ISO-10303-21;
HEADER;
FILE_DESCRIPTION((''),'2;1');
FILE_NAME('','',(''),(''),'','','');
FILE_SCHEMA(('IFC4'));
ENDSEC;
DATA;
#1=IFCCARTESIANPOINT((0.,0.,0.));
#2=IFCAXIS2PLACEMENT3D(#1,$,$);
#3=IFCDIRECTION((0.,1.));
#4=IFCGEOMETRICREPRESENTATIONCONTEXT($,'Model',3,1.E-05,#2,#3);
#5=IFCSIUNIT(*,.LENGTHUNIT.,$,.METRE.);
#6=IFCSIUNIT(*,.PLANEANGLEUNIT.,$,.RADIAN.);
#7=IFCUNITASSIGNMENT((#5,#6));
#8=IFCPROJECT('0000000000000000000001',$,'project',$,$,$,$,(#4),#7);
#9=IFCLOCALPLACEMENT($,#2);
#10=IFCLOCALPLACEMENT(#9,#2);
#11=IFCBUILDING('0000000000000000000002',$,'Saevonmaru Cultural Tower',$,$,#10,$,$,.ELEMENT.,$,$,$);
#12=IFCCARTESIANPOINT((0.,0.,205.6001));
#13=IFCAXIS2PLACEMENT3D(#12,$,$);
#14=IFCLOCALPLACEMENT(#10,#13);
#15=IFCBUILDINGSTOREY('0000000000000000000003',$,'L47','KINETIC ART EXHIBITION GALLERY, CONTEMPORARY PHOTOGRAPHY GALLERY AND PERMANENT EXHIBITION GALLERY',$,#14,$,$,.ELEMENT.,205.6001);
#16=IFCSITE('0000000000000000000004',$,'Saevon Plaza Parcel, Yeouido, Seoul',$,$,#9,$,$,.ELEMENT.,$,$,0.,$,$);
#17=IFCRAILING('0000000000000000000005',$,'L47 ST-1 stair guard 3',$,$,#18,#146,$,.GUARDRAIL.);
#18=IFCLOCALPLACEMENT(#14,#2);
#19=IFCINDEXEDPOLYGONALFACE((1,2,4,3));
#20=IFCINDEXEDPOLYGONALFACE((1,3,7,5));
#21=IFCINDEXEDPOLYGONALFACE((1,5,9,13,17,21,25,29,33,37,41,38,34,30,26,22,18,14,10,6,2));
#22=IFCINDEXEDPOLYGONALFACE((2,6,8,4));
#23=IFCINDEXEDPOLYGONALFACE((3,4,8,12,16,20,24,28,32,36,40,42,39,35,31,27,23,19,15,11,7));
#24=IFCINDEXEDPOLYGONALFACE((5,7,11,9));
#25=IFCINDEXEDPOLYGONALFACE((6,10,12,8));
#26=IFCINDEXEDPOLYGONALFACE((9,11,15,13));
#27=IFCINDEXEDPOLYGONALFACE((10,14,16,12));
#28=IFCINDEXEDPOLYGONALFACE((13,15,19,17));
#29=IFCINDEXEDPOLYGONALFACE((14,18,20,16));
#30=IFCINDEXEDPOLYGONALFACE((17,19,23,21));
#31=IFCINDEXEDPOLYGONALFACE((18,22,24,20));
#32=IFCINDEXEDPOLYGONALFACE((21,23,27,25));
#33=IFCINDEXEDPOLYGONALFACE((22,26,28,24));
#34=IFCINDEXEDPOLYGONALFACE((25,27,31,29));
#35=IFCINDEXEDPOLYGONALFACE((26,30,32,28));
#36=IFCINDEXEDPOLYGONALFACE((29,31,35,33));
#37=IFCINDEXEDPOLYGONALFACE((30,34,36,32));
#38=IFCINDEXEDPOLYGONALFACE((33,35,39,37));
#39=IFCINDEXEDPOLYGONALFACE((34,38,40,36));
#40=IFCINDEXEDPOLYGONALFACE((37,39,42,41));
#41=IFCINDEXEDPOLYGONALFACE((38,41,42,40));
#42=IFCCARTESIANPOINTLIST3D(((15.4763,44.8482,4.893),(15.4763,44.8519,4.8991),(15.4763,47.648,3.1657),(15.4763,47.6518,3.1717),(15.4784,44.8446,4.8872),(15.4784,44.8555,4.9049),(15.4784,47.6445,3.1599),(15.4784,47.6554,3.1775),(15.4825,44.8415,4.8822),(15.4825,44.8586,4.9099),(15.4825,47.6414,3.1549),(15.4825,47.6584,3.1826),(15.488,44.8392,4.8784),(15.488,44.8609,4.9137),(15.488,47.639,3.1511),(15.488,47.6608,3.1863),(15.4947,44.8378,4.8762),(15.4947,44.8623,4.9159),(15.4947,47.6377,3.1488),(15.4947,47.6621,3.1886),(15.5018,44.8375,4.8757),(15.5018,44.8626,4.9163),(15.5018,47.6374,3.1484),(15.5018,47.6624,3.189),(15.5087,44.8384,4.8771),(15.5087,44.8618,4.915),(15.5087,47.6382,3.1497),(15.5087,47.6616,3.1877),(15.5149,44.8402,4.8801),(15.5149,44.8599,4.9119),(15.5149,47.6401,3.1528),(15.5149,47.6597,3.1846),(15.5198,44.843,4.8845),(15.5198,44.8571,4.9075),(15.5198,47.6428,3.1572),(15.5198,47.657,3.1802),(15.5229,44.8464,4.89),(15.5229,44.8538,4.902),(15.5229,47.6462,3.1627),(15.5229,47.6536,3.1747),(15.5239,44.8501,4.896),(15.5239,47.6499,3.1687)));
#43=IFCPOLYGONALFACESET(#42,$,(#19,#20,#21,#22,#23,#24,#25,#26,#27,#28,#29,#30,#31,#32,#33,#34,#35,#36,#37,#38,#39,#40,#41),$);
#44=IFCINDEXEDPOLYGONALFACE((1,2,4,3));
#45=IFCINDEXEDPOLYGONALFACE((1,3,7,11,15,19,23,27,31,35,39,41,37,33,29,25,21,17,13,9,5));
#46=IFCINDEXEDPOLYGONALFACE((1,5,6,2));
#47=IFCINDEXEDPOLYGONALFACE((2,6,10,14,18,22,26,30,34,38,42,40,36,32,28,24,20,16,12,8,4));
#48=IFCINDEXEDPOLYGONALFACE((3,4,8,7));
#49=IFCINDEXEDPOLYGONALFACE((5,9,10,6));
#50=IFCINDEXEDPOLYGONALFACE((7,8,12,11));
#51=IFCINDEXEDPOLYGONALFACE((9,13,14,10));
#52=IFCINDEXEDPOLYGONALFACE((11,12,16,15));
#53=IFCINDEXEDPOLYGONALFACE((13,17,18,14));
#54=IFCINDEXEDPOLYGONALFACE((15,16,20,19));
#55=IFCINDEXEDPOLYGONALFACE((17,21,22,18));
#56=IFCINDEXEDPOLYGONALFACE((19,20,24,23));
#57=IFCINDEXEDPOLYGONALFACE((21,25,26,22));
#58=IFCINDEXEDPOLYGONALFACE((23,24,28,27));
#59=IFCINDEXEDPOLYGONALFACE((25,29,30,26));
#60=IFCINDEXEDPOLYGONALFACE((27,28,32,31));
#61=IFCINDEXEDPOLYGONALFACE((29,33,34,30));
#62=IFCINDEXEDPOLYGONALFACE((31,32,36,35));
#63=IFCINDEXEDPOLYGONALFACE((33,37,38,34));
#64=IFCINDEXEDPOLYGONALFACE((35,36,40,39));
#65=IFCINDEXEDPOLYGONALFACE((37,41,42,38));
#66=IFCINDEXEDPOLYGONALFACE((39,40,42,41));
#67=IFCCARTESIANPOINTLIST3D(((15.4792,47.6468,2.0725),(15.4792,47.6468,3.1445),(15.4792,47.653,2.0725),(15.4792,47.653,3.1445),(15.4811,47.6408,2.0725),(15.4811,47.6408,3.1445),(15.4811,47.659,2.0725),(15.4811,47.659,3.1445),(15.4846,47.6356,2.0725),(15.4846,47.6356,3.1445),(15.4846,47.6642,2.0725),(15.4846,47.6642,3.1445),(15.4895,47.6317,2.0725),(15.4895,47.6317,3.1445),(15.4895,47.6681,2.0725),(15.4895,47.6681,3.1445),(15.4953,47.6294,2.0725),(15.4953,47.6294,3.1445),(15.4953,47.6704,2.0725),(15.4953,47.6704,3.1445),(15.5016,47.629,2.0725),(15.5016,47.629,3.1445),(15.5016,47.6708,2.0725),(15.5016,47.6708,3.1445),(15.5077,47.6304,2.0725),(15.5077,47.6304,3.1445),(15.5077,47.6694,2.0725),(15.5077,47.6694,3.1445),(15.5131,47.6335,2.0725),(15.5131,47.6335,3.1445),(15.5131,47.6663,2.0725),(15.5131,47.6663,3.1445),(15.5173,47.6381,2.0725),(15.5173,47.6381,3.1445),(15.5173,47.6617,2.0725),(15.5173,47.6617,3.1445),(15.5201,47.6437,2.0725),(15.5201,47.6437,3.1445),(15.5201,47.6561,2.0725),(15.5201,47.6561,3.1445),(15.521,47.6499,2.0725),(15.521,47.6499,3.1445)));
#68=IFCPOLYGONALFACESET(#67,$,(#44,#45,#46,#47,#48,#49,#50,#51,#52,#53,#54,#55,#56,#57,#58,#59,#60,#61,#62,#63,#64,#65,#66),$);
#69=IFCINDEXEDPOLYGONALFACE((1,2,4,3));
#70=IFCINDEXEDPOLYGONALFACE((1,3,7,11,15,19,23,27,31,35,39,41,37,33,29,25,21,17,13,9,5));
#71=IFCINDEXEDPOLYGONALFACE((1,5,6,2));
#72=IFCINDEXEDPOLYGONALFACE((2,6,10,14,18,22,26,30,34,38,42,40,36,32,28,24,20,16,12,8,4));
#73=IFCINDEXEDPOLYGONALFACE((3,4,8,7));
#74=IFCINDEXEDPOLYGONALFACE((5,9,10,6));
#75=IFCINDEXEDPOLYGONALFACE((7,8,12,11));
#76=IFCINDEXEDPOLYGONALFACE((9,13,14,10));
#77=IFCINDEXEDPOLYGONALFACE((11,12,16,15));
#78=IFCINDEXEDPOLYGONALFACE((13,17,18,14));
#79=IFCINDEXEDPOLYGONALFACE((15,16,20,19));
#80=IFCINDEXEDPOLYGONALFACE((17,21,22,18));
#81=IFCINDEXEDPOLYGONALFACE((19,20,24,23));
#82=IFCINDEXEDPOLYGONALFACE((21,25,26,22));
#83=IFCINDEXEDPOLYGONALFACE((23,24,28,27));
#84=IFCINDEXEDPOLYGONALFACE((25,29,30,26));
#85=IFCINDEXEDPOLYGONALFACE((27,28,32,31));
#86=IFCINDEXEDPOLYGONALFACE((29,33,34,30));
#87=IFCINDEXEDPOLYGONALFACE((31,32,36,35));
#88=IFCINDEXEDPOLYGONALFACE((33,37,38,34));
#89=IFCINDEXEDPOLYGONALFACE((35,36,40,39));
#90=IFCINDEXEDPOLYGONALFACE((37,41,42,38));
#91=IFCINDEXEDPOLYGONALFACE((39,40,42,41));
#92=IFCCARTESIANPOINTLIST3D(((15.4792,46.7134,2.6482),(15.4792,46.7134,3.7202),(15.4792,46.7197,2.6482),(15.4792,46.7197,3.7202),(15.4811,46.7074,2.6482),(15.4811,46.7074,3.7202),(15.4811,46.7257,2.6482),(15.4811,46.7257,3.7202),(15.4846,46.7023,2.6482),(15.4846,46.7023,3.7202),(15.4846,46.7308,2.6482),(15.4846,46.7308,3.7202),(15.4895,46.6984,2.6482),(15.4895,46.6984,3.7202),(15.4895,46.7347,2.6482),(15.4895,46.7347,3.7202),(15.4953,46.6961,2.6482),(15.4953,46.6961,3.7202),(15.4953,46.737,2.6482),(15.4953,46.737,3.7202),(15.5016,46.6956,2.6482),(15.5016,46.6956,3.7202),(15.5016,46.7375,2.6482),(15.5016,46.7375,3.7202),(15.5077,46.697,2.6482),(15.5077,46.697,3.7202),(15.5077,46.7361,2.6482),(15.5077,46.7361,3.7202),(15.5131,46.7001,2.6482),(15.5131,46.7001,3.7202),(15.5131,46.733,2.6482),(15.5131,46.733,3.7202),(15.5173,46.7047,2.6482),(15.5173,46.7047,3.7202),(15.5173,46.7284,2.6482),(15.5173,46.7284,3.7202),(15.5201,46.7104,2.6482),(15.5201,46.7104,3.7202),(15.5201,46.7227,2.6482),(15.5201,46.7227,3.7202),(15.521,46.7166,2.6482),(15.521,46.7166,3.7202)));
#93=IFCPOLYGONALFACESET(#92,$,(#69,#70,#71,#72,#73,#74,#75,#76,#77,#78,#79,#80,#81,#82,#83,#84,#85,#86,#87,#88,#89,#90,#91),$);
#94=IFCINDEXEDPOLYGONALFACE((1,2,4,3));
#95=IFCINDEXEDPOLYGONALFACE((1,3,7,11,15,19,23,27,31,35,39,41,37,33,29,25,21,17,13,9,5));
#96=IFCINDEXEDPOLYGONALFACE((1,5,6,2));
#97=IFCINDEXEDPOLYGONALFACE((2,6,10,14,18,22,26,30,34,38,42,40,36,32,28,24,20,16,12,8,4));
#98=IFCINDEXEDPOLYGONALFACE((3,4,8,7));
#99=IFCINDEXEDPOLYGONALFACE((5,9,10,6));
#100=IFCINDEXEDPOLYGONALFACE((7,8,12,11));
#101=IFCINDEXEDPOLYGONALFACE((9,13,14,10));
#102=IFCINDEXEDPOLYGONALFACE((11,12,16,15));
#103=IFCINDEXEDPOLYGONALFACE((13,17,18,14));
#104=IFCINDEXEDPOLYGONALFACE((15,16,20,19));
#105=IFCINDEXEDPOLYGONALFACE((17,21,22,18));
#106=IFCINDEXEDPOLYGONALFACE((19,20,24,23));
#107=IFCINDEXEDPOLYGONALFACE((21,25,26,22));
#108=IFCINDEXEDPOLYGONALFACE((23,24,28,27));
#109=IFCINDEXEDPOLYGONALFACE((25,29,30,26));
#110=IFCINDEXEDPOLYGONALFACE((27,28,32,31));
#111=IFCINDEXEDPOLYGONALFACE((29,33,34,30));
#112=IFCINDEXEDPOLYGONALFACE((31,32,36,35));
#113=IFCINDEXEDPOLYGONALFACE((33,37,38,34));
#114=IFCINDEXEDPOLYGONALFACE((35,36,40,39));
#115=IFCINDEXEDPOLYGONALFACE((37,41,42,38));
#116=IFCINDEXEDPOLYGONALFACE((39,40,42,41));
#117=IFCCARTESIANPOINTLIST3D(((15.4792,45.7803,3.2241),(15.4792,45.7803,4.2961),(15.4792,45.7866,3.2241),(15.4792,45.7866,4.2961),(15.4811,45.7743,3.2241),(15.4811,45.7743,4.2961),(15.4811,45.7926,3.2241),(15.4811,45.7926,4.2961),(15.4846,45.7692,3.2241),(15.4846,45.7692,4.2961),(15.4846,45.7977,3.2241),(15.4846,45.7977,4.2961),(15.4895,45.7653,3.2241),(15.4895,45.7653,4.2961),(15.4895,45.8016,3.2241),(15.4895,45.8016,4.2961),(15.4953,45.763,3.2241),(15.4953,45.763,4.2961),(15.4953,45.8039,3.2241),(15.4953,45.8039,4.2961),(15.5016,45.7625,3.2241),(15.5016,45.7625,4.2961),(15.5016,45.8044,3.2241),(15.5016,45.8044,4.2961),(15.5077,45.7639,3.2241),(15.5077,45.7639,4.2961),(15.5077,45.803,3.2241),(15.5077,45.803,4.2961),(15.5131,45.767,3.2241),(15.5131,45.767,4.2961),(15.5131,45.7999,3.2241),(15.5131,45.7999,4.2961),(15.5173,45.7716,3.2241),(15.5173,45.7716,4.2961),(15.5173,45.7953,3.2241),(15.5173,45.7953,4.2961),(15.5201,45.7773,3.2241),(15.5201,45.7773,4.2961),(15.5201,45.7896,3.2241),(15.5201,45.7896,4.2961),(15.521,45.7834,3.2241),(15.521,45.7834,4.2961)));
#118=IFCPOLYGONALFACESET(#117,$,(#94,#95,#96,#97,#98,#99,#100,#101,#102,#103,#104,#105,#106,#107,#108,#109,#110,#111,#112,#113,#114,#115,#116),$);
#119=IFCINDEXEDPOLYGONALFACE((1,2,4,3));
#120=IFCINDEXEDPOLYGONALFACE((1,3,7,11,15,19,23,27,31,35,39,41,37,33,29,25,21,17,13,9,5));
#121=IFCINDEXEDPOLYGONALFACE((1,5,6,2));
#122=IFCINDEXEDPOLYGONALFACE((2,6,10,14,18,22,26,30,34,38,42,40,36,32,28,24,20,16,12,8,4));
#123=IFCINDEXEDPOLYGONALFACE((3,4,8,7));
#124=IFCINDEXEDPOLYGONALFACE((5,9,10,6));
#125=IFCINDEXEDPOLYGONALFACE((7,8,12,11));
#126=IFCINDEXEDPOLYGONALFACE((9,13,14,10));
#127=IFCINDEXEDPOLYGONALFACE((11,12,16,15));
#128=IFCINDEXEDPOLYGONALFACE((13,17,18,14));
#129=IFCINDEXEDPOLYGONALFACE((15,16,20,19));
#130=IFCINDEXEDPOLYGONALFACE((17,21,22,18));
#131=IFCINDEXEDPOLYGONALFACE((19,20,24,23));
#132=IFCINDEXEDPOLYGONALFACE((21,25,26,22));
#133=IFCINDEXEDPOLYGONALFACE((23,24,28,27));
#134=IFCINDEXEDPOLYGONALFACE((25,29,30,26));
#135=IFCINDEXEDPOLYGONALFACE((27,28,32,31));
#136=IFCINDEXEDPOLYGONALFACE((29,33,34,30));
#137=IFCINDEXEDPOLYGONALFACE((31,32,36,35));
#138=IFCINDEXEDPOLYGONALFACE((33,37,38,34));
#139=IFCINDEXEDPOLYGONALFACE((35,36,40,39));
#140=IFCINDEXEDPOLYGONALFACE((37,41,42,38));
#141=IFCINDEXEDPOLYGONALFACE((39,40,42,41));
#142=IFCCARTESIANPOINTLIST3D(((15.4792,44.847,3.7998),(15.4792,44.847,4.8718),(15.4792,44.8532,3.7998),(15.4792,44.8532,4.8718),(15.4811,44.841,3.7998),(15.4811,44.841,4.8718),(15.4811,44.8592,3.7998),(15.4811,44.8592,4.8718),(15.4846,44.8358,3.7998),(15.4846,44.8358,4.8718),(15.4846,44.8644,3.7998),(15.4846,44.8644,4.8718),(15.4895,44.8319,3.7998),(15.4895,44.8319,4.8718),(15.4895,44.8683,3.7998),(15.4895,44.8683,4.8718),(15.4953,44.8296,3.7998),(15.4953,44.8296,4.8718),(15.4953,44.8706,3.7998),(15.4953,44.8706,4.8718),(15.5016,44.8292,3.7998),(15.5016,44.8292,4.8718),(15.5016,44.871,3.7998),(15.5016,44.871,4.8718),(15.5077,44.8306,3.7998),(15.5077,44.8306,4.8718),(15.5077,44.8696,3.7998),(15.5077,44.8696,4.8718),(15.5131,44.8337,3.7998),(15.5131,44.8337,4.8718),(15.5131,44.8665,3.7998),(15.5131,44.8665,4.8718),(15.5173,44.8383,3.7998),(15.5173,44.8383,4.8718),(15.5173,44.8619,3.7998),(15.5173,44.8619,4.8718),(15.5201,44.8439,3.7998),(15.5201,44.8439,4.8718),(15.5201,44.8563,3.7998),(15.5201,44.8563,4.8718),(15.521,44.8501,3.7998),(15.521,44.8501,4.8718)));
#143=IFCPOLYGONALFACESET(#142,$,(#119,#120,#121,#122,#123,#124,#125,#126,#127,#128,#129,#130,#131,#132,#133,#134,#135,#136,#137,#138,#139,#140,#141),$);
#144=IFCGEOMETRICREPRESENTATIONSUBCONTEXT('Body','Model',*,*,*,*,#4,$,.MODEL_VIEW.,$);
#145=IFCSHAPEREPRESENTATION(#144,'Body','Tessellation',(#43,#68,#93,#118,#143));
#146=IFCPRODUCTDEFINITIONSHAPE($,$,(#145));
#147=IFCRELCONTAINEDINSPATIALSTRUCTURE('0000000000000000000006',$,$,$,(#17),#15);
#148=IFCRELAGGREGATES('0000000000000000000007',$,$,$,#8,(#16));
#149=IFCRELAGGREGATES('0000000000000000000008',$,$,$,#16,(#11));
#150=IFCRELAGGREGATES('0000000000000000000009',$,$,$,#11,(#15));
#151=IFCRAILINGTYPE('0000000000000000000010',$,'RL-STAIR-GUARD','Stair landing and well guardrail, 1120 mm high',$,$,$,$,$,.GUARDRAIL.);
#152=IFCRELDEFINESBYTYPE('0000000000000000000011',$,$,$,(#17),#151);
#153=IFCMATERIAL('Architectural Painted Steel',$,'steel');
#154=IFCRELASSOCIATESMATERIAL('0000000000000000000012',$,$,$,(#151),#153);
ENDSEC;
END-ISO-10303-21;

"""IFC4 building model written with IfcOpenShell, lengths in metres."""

from ifc_helpers import new_model, si_unit, direction, frame, origin, origin_2d, place, context, subcontext, project, spatial, circle, extrude, material, type_object, element, save


model = new_model("IFC4")

# Units and contexts
model_context = context("Model", 3, precision=1e-05, world=origin(), true_north=direction((0.0, 1.0)))
body_context = subcontext(model_context, "Body", "Model", "MODEL_VIEW")
ifc_project = project(units=[si_unit("LENGTHUNIT", "METRE"), si_unit("PLANEANGLEUNIT", "RADIAN")], contexts=[model_context])

# Site, building, storey
site_placement = place(None, origin())
site = spatial("IfcSite", under=ifc_project, at=site_placement, Name="Saevon Plaza Parcel, Yeouido, Seoul", CompositionType="ELEMENT", RefElevation=0.0)
building_placement = place(site_placement, origin())
building = spatial("IfcBuilding", under=site, at=building_placement, Name="Saevonmaru Cultural Tower", CompositionType="ELEMENT")
storey_placement = place(building_placement, frame((0.0, 0.0, 205.6001)))
storey = spatial("IfcBuildingStorey", under=building, at=storey_placement, Name="L47", Description="KINETIC ART EXHIBITION GALLERY, CONTEMPORARY PHOTOGRAPHY GALLERY AND PERMANENT EXHIBITION GALLERY", CompositionType="ELEMENT", Elevation=205.6001)

# Railing
ifc_material_1 = material(Name="Architectural Painted Steel", Category="steel")
railing_type_1 = type_object("IfcRailingType", Name="RL-STAIR-GUARD", Description="Stair landing and well guardrail, 1120 mm high", PredefinedType="GUARDRAIL", material=ifc_material_1)
railing_1_placement = place(storey_placement, frame((15.5, 47.6499, 2.0725)))
element("IfcRailing", 1, at=railing_1_placement, inside=storey, type_object=railing_type_1, Name="L47 ST-1 stair guard 3", PredefinedType="GUARDRAIL", context=body_context, shape_type="SweptSolid", body=[
    extrude(circle(Radius=0.0239, at=origin_2d()), frame((0.0, 0.0, 1.0962), z_axis=(0.0, -0.851069, 0.525054), x_axis=(1.0, 0.0, 0.0)), (0.0, 0.0, 1.0), 3.2898),
    extrude(circle(Radius=0.021, at=origin_2d()), origin(), (0.0, 0.0, 1.0), 1.072),
    extrude(circle(Radius=0.021, at=origin_2d()), frame((0.0, -0.9333, 0.5757)), (0.0, 0.0, 1.0), 1.072),
    extrude(circle(Radius=0.021, at=origin_2d()), frame((0.0, -1.8665, 1.1516)), (0.0, 0.0, 1.0), 1.072),
    extrude(circle(Radius=0.021, at=origin_2d()), frame((0.0, -2.7998, 1.7273)), (0.0, 0.0, 1.0), 1.072),
])

save(model, "model.ifc")
